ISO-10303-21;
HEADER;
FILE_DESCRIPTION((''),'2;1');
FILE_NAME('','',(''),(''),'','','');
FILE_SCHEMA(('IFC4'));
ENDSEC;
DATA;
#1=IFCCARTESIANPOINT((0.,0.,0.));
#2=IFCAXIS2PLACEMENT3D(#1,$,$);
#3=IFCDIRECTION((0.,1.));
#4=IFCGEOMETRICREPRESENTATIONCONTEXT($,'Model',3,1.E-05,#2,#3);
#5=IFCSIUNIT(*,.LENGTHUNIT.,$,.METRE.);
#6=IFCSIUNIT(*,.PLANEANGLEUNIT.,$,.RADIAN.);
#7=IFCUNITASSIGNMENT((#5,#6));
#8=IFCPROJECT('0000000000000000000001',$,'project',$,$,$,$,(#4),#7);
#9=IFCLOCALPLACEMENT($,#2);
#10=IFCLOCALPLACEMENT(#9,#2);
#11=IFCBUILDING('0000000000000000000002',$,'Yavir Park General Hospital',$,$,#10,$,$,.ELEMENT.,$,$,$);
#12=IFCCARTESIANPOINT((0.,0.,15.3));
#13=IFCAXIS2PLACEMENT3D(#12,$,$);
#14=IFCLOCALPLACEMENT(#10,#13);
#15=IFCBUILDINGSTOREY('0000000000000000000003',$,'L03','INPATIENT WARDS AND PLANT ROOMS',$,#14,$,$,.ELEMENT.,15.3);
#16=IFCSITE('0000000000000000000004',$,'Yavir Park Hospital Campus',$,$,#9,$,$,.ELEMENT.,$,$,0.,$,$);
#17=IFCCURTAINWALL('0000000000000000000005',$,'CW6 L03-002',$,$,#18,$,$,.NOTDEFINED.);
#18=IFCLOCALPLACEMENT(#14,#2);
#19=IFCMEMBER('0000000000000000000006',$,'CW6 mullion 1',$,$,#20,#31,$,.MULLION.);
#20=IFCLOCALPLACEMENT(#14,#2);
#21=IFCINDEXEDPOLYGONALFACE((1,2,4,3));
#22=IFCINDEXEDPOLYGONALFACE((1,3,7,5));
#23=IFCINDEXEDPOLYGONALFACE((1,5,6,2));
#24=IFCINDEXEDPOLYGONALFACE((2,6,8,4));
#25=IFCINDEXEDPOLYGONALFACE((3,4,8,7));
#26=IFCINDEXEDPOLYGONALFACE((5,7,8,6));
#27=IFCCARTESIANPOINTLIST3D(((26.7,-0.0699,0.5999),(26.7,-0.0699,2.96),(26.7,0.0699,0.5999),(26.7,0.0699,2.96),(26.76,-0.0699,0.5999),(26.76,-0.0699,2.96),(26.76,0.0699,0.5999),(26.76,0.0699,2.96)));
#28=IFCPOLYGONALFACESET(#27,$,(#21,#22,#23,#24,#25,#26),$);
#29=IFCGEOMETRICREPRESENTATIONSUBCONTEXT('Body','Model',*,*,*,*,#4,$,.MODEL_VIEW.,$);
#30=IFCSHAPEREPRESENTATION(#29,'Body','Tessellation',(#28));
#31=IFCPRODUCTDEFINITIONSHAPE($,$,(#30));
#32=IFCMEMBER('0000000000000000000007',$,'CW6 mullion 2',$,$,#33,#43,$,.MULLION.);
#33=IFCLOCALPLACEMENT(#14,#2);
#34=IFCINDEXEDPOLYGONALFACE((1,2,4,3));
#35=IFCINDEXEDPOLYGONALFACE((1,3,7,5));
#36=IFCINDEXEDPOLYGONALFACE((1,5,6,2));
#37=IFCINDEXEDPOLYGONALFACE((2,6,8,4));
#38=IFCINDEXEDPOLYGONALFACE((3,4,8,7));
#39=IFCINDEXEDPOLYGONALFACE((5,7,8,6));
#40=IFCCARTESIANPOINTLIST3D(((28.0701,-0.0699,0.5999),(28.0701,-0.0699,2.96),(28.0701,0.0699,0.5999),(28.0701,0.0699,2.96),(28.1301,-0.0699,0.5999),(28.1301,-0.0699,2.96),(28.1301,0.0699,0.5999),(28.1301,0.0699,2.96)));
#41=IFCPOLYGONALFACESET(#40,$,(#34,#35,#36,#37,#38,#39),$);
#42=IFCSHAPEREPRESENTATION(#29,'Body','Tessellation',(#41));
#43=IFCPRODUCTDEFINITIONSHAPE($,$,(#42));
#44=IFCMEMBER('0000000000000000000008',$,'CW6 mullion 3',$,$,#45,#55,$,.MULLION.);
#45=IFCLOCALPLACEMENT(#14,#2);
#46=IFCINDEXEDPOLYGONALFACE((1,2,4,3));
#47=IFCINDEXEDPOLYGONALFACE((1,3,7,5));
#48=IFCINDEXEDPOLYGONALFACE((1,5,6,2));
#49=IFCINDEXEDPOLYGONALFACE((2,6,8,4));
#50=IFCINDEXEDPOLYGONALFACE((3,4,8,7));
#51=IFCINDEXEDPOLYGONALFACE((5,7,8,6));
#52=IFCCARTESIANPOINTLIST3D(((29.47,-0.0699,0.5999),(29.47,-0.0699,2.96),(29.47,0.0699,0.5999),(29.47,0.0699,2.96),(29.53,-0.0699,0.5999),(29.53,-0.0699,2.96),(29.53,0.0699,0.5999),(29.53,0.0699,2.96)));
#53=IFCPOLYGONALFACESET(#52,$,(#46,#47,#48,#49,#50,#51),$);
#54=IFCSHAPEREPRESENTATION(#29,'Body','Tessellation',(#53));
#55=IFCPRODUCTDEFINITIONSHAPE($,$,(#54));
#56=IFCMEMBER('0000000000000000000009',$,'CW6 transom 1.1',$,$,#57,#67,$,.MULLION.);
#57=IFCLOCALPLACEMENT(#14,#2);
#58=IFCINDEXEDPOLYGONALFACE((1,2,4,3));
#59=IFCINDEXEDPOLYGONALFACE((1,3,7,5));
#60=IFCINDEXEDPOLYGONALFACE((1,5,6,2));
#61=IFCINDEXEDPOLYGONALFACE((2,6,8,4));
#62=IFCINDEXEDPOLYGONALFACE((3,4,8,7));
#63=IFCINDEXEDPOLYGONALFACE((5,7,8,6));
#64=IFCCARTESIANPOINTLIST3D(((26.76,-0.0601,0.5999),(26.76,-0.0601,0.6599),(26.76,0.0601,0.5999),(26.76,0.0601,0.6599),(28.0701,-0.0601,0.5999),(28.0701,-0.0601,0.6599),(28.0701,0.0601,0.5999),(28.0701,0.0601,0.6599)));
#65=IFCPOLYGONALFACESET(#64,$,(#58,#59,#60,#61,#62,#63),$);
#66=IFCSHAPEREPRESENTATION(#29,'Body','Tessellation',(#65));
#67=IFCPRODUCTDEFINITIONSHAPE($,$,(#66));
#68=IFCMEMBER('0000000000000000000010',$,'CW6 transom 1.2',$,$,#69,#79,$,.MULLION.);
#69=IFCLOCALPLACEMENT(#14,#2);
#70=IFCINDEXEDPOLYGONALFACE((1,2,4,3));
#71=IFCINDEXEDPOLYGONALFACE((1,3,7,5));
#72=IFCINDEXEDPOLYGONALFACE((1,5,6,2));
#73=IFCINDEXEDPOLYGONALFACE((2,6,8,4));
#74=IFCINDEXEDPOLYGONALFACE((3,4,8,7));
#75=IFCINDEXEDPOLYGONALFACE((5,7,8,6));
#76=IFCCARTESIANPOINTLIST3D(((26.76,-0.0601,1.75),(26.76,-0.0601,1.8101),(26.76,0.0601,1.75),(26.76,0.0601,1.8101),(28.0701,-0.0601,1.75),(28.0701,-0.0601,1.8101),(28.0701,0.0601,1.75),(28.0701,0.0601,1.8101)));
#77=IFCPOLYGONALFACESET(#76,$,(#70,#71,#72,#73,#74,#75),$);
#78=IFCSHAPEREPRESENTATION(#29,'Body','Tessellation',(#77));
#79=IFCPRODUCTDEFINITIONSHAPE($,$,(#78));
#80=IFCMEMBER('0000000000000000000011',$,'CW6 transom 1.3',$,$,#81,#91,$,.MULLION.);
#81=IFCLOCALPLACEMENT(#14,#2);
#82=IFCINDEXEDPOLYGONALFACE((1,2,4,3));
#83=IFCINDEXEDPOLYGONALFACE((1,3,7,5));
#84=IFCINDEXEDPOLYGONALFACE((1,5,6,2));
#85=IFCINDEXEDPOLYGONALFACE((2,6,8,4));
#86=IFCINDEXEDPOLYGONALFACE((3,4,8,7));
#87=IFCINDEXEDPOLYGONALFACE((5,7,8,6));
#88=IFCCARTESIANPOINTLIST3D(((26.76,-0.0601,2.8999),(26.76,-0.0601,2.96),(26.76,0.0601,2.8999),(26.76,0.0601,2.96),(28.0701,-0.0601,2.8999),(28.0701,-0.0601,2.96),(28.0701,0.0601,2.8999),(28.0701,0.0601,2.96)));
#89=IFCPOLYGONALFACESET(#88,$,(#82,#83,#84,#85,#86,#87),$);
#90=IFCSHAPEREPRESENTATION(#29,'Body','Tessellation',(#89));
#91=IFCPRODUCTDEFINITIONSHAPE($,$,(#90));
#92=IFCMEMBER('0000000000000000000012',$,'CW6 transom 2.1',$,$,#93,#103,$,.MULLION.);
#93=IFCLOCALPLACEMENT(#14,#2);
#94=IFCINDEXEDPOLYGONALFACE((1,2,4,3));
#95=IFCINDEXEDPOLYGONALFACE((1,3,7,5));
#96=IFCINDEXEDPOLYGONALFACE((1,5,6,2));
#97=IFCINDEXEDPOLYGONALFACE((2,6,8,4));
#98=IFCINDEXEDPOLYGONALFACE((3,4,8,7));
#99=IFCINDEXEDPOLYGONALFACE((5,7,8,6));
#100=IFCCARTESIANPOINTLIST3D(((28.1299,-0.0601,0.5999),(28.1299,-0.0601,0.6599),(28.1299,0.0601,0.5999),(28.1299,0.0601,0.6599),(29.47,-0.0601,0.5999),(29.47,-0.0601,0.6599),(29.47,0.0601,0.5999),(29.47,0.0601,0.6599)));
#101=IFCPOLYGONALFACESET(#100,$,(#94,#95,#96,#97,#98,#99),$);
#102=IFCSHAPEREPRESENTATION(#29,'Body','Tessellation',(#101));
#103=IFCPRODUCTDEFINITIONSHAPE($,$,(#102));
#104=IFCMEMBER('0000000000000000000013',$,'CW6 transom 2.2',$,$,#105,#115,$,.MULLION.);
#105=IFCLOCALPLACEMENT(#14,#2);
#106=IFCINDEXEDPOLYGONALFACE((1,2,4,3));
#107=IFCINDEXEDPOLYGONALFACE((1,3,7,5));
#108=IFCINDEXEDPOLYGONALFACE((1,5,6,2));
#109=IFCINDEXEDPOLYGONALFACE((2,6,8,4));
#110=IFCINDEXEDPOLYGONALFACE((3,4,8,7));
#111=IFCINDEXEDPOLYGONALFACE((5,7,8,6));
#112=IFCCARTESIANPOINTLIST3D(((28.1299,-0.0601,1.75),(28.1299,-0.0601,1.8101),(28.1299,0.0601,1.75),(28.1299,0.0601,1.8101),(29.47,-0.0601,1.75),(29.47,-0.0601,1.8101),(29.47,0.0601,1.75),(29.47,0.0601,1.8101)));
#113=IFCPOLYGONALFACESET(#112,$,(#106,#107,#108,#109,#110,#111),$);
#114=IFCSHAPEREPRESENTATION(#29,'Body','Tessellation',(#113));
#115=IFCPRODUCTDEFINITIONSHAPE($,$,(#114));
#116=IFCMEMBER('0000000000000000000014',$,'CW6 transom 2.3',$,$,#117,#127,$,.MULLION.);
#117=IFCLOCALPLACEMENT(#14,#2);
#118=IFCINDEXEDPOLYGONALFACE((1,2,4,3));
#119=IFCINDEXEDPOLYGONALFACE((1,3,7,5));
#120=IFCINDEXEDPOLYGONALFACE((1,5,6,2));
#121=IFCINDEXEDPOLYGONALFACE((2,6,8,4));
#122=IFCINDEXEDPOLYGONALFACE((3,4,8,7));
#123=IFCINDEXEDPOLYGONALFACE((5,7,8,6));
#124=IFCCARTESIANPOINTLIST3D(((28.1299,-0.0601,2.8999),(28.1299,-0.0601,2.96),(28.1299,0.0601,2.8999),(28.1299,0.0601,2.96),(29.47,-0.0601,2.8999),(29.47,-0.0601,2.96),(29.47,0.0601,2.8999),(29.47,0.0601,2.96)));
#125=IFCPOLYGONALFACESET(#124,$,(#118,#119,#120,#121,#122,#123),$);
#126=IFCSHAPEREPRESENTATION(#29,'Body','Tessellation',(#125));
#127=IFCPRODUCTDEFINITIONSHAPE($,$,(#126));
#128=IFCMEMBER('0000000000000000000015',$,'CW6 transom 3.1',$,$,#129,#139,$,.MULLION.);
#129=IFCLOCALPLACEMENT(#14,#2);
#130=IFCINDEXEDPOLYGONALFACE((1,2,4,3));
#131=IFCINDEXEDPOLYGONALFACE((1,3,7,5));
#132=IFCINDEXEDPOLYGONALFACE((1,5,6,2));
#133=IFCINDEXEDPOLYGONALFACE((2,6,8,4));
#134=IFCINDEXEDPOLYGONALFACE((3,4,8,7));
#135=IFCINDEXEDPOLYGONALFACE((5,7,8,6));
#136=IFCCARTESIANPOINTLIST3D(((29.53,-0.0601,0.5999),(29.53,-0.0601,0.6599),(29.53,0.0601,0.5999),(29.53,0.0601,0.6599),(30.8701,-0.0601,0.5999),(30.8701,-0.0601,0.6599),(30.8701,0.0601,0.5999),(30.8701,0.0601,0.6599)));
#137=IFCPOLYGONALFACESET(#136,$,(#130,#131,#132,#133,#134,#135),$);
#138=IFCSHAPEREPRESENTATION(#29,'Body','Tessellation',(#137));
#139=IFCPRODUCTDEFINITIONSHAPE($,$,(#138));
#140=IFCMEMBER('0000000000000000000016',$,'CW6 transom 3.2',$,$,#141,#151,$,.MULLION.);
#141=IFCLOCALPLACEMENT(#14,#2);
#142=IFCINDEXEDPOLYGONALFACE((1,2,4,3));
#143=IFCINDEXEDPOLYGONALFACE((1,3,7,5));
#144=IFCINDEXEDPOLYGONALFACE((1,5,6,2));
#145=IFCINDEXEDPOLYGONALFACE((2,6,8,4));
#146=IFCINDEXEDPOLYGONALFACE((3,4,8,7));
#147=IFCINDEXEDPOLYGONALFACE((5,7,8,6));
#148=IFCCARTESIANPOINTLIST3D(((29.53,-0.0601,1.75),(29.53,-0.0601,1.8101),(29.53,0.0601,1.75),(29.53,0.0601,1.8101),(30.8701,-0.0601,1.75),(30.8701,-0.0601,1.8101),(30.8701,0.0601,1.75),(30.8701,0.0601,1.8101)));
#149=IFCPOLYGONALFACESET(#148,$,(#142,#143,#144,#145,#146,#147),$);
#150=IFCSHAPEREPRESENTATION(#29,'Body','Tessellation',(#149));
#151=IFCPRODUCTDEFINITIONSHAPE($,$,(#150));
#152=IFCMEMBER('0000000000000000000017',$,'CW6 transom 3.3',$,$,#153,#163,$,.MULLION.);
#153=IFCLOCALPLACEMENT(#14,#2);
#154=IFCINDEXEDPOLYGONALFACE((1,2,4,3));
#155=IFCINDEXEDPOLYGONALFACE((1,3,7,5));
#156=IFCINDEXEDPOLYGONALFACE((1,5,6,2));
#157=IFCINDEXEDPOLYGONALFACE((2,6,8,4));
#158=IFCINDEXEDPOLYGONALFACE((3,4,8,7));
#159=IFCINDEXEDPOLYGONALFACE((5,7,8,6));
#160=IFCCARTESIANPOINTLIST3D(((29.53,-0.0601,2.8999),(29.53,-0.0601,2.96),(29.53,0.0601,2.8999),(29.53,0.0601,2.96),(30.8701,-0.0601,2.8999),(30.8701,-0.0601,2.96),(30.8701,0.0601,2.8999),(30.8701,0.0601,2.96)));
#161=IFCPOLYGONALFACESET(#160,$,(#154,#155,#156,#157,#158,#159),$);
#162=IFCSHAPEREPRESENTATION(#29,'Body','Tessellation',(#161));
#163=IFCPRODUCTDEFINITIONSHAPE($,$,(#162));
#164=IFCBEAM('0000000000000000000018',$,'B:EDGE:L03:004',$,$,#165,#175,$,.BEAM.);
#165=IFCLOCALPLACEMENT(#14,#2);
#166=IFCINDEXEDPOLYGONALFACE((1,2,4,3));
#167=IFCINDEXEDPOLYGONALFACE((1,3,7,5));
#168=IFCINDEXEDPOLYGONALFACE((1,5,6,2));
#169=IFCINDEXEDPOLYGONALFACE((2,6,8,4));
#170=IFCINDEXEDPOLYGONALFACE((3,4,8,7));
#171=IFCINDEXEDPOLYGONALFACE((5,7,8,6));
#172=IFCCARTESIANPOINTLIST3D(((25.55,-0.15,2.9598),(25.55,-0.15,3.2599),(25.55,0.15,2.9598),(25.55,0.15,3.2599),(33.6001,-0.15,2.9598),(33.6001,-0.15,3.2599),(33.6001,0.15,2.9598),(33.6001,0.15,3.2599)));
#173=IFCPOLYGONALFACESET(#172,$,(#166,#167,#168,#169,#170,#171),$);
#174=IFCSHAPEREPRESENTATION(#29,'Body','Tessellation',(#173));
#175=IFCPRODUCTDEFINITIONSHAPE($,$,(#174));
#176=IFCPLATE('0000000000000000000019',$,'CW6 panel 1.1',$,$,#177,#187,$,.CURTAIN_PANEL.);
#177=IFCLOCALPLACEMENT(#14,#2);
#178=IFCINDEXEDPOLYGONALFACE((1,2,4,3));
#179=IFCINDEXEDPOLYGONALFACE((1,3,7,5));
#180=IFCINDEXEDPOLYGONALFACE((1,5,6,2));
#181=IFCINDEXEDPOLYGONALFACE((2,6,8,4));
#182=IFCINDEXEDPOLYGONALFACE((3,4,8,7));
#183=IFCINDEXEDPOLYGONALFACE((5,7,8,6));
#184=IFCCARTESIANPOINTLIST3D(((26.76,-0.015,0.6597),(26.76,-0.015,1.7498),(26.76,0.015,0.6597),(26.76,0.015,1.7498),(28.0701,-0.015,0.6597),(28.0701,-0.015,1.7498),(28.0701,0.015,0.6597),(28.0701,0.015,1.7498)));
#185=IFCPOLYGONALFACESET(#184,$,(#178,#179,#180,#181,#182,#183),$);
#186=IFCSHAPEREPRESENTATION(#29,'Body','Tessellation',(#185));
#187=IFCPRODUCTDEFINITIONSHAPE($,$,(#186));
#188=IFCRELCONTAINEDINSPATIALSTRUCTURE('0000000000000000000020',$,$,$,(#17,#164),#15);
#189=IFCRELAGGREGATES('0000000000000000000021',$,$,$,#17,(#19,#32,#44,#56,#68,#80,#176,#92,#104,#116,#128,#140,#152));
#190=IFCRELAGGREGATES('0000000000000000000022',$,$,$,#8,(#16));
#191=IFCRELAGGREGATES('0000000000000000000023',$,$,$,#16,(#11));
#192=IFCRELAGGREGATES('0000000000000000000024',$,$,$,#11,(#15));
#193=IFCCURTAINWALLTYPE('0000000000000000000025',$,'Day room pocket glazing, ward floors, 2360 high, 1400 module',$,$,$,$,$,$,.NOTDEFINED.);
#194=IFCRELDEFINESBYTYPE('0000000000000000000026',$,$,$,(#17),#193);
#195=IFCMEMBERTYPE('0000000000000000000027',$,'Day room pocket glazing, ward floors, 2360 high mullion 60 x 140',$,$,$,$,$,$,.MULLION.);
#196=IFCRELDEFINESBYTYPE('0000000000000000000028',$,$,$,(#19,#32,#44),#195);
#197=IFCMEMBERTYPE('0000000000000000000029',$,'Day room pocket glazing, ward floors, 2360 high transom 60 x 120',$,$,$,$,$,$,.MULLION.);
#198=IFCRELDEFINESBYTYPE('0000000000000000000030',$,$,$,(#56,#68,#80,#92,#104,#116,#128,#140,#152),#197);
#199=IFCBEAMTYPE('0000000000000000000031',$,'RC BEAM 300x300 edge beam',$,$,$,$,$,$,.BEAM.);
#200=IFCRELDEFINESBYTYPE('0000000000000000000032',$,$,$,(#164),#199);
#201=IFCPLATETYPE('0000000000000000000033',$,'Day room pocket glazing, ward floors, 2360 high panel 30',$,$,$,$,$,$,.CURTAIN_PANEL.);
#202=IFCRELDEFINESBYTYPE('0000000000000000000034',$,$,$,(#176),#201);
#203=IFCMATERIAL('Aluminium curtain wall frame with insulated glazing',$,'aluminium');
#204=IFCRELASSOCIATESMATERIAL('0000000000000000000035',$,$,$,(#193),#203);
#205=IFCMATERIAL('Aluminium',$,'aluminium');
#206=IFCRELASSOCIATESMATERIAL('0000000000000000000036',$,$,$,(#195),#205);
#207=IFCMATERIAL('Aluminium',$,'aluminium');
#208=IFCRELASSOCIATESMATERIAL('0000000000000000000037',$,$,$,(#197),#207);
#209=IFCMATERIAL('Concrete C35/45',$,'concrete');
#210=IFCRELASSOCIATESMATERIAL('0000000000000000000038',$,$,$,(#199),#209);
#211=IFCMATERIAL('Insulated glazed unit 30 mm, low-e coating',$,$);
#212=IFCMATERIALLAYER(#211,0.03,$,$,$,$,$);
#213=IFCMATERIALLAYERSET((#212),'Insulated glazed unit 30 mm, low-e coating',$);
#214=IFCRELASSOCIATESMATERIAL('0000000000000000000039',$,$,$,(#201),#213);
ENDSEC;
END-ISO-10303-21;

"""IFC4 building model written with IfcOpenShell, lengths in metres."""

from ifc_helpers import new_model, si_unit, direction, frame, origin, origin_2d, place, context, subcontext, project, spatial, rectangle, extrude, material, layer, layer_set, material_profile, profile_set, type_object, element, aggregate, save


model = new_model("IFC4")

# Units and contexts
model_context = context("Model", 3, precision=1e-05, world=origin(), true_north=direction((0.0, 1.0)))
body_context = subcontext(model_context, "Body", "Model", "MODEL_VIEW")
ifc_project = project(units=[si_unit("LENGTHUNIT", "METRE"), si_unit("PLANEANGLEUNIT", "RADIAN")], contexts=[model_context])

# Site, building, storey
site_placement = place(None, origin())
site = spatial("IfcSite", under=ifc_project, at=site_placement, Name="Yavir Park Hospital Campus", CompositionType="ELEMENT", RefElevation=0.0)
building_placement = place(site_placement, origin())
building = spatial("IfcBuilding", under=site, at=building_placement, Name="Yavir Park General Hospital", CompositionType="ELEMENT")
storey_placement = place(building_placement, frame((0.0, 0.0, 15.3)))
storey = spatial("IfcBuildingStorey", under=building, at=storey_placement, Name="L03", Description="INPATIENT WARDS AND PLANT ROOMS", CompositionType="ELEMENT", Elevation=15.3)

# Curtain wall, members
ifc_material_1 = material(Name="Aluminium curtain wall frame with insulated glazing", Category="aluminium")
curtain_wall_type = type_object("IfcCurtainWallType", Name="Day room pocket glazing, ward floors, 2360 high, 1400 module", PredefinedType="NOTDEFINED", material=ifc_material_1)
curtain_wall_placement = place(storey_placement, origin())
curtain_wall = element("IfcCurtainWall", 1, at=curtain_wall_placement, inside=storey, type_object=curtain_wall_type, Name="CW6 L03-002", PredefinedType="NOTDEFINED")
ifc_material_2 = material(Name="Aluminium", Category="aluminium")
ifc_material_profile_1 = material_profile(ifc_material_2, rectangle(XDim=0.1399, YDim=0.0601, at=origin_2d()), Name="AL 60x140")
ifc_profile_set_1 = profile_set([ifc_material_profile_1], Name="Aluminium")
member_type_1 = type_object("IfcMemberType", Name="Day room pocket glazing, ward floors, 2360 high mullion 60 x 140", PredefinedType="MULLION", material=ifc_profile_set_1)
member_1_placement = place(storey_placement, frame((26.73, 0.0, 0.5999), z_axis=(0.0, 0.0, 1.0), x_axis=(0.0, 1.0, 0.0)))
member_1 = element("IfcMember", 2, at=member_1_placement, type_object=member_type_1, Name="CW6 mullion 1", PredefinedType="MULLION", context=body_context, shape_type="SweptSolid", body=[
    extrude(rectangle(XDim=0.1399, YDim=0.0601, at=origin_2d()), origin(), (0.0, 0.0, 1.0), 2.3601),
])
member_2_placement = place(storey_placement, frame((28.1001, 0.0, 0.5999), z_axis=(0.0, 0.0, 1.0), x_axis=(0.0, 1.0, 0.0)))
member_2 = element("IfcMember", 3, at=member_2_placement, type_object=member_type_1, Name="CW6 mullion 2", PredefinedType="MULLION", context=body_context, shape_type="SweptSolid", body=[
    extrude(rectangle(XDim=0.1399, YDim=0.0601, at=origin_2d()), origin(), (0.0, 0.0, 1.0), 2.3601),
])
member_3_placement = place(storey_placement, frame((29.5, 0.0, 0.5999), z_axis=(0.0, 0.0, 1.0), x_axis=(0.0, 1.0, 0.0)))
member_3 = element("IfcMember", 4, at=member_3_placement, type_object=member_type_1, Name="CW6 mullion 3", PredefinedType="MULLION", context=body_context, shape_type="SweptSolid", body=[
    extrude(rectangle(XDim=0.1399, YDim=0.0601, at=origin_2d()), origin(), (0.0, 0.0, 1.0), 2.3601),
])
ifc_material_3 = material(Name="Aluminium", Category="aluminium")
ifc_material_profile_2 = material_profile(ifc_material_3, rectangle(XDim=0.1201, YDim=0.0601, at=origin_2d()), Name="AL 120x60")
ifc_profile_set_2 = profile_set([ifc_material_profile_2], Name="Aluminium")
member_type_2 = type_object("IfcMemberType", Name="Day room pocket glazing, ward floors, 2360 high transom 60 x 120", PredefinedType="MULLION", material=ifc_profile_set_2)
member_4_placement = place(storey_placement, frame((26.76, 0.0, 0.6299), z_axis=(1.0, 0.0, 0.0), x_axis=(0.0, 1.0, 0.0)))
member_4 = element("IfcMember", 5, at=member_4_placement, type_object=member_type_2, Name="CW6 transom 1.1", PredefinedType="MULLION", context=body_context, shape_type="SweptSolid", body=[
    extrude(rectangle(XDim=0.1201, YDim=0.0601, at=origin_2d()), origin(), (0.0, 0.0, 1.0), 1.3101),
])
member_5_placement = place(storey_placement, frame((26.76, 0.0, 1.78), z_axis=(1.0, 0.0, 0.0), x_axis=(0.0, 1.0, 0.0)))
member_5 = element("IfcMember", 6, at=member_5_placement, type_object=member_type_2, Name="CW6 transom 1.2", PredefinedType="MULLION", context=body_context, shape_type="SweptSolid", body=[
    extrude(rectangle(XDim=0.1201, YDim=0.0601, at=origin_2d()), origin(), (0.0, 0.0, 1.0), 1.3101),
])
member_6_placement = place(storey_placement, frame((26.76, 0.0, 2.9299), z_axis=(1.0, 0.0, 0.0), x_axis=(0.0, 1.0, 0.0)))
member_6 = element("IfcMember", 7, at=member_6_placement, type_object=member_type_2, Name="CW6 transom 1.3", PredefinedType="MULLION", context=body_context, shape_type="SweptSolid", body=[
    extrude(rectangle(XDim=0.1201, YDim=0.0601, at=origin_2d()), origin(), (0.0, 0.0, 1.0), 1.3101),
])
member_7_placement = place(storey_placement, frame((28.1299, 0.0, 0.6299), z_axis=(1.0, 0.0, 0.0), x_axis=(0.0, 1.0, 0.0)))
member_7 = element("IfcMember", 8, at=member_7_placement, type_object=member_type_2, Name="CW6 transom 2.1", PredefinedType="MULLION", context=body_context, shape_type="SweptSolid", body=[
    extrude(rectangle(XDim=0.1201, YDim=0.0601, at=origin_2d()), origin(), (0.0, 0.0, 1.0), 1.3401),
])
member_8_placement = place(storey_placement, frame((28.1299, 0.0, 1.78), z_axis=(1.0, 0.0, 0.0), x_axis=(0.0, 1.0, 0.0)))
member_8 = element("IfcMember", 9, at=member_8_placement, type_object=member_type_2, Name="CW6 transom 2.2", PredefinedType="MULLION", context=body_context, shape_type="SweptSolid", body=[
    extrude(rectangle(XDim=0.1201, YDim=0.0601, at=origin_2d()), origin(), (0.0, 0.0, 1.0), 1.3401),
])
member_9_placement = place(storey_placement, frame((28.1299, 0.0, 2.9299), z_axis=(1.0, 0.0, 0.0), x_axis=(0.0, 1.0, 0.0)))
member_9 = element("IfcMember", 10, at=member_9_placement, type_object=member_type_2, Name="CW6 transom 2.3", PredefinedType="MULLION", context=body_context, shape_type="SweptSolid", body=[
    extrude(rectangle(XDim=0.1201, YDim=0.0601, at=origin_2d()), origin(), (0.0, 0.0, 1.0), 1.3401),
])
member_10_placement = place(storey_placement, frame((29.53, 0.0, 0.6299), z_axis=(1.0, 0.0, 0.0), x_axis=(0.0, 1.0, 0.0)))
member_10 = element("IfcMember", 11, at=member_10_placement, type_object=member_type_2, Name="CW6 transom 3.1", PredefinedType="MULLION", context=body_context, shape_type="SweptSolid", body=[
    extrude(rectangle(XDim=0.1201, YDim=0.0601, at=origin_2d()), origin(), (0.0, 0.0, 1.0), 1.3401),
])
member_11_placement = place(storey_placement, frame((29.53, 0.0, 1.78), z_axis=(1.0, 0.0, 0.0), x_axis=(0.0, 1.0, 0.0)))
member_11 = element("IfcMember", 12, at=member_11_placement, type_object=member_type_2, Name="CW6 transom 3.2", PredefinedType="MULLION", context=body_context, shape_type="SweptSolid", body=[
    extrude(rectangle(XDim=0.1201, YDim=0.0601, at=origin_2d()), origin(), (0.0, 0.0, 1.0), 1.3401),
])
member_12_placement = place(storey_placement, frame((29.53, 0.0, 2.9299), z_axis=(1.0, 0.0, 0.0), x_axis=(0.0, 1.0, 0.0)))
member_12 = element("IfcMember", 13, at=member_12_placement, type_object=member_type_2, Name="CW6 transom 3.3", PredefinedType="MULLION", context=body_context, shape_type="SweptSolid", body=[
    extrude(rectangle(XDim=0.1201, YDim=0.0601, at=origin_2d()), origin(), (0.0, 0.0, 1.0), 1.3401),
])

# Beam
ifc_material_4 = material(Name="Concrete C35/45", Category="concrete")
ifc_material_profile_3 = material_profile(ifc_material_4, rectangle(XDim=0.3, YDim=0.3, at=origin_2d()), Name="RC300x300")
ifc_profile_set_3 = profile_set([ifc_material_profile_3], Name="Concrete C35/45")
beam_type = type_object("IfcBeamType", Name="RC BEAM 300x300 edge beam", PredefinedType="BEAM", material=ifc_profile_set_3)
beam_placement = place(storey_placement, frame((25.55, 0.0, 3.1099), z_axis=(1.0, 0.0, 0.0), x_axis=(0.0, 1.0, 0.0)))
element("IfcBeam", 14, at=beam_placement, inside=storey, type_object=beam_type, Name="B:EDGE:L03:004", PredefinedType="BEAM", context=body_context, shape_type="SweptSolid", body=[
    extrude(rectangle(XDim=0.3, YDim=0.3, at=origin_2d()), origin(), (0.0, 0.0, 1.0), 8.05),
])

# Plate
ifc_material_5 = material(Name="Insulated glazed unit 30 mm, low-e coating")
ifc_layer_1 = layer(ifc_material_5, 0.03)
ifc_layer_set_1 = layer_set([ifc_layer_1], Name="Insulated glazed unit 30 mm, low-e coating")
plate_type = type_object("IfcPlateType", Name="Day room pocket glazing, ward floors, 2360 high panel 30", PredefinedType="CURTAIN_PANEL", material=ifc_layer_set_1)
plate_1_placement = place(storey_placement, frame((27.415, 0.0, 0.6597), z_axis=(0.0, 0.0, 1.0), x_axis=(1.0, 0.0, 0.0)))
plate_1 = element("IfcPlate", 15, at=plate_1_placement, type_object=plate_type, Name="CW6 panel 1.1", PredefinedType="CURTAIN_PANEL", context=body_context, shape_type="SweptSolid", body=[
    extrude(rectangle(XDim=1.3101, YDim=0.03, at=origin_2d()), origin(), (0.0, 0.0, 1.0), 1.0901),
])
aggregate(curtain_wall, [member_1, member_2, member_3, member_4, member_5, member_6, plate_1, member_7, member_8, member_9, member_10, member_11, member_12])

save(model, "model.ifc")
